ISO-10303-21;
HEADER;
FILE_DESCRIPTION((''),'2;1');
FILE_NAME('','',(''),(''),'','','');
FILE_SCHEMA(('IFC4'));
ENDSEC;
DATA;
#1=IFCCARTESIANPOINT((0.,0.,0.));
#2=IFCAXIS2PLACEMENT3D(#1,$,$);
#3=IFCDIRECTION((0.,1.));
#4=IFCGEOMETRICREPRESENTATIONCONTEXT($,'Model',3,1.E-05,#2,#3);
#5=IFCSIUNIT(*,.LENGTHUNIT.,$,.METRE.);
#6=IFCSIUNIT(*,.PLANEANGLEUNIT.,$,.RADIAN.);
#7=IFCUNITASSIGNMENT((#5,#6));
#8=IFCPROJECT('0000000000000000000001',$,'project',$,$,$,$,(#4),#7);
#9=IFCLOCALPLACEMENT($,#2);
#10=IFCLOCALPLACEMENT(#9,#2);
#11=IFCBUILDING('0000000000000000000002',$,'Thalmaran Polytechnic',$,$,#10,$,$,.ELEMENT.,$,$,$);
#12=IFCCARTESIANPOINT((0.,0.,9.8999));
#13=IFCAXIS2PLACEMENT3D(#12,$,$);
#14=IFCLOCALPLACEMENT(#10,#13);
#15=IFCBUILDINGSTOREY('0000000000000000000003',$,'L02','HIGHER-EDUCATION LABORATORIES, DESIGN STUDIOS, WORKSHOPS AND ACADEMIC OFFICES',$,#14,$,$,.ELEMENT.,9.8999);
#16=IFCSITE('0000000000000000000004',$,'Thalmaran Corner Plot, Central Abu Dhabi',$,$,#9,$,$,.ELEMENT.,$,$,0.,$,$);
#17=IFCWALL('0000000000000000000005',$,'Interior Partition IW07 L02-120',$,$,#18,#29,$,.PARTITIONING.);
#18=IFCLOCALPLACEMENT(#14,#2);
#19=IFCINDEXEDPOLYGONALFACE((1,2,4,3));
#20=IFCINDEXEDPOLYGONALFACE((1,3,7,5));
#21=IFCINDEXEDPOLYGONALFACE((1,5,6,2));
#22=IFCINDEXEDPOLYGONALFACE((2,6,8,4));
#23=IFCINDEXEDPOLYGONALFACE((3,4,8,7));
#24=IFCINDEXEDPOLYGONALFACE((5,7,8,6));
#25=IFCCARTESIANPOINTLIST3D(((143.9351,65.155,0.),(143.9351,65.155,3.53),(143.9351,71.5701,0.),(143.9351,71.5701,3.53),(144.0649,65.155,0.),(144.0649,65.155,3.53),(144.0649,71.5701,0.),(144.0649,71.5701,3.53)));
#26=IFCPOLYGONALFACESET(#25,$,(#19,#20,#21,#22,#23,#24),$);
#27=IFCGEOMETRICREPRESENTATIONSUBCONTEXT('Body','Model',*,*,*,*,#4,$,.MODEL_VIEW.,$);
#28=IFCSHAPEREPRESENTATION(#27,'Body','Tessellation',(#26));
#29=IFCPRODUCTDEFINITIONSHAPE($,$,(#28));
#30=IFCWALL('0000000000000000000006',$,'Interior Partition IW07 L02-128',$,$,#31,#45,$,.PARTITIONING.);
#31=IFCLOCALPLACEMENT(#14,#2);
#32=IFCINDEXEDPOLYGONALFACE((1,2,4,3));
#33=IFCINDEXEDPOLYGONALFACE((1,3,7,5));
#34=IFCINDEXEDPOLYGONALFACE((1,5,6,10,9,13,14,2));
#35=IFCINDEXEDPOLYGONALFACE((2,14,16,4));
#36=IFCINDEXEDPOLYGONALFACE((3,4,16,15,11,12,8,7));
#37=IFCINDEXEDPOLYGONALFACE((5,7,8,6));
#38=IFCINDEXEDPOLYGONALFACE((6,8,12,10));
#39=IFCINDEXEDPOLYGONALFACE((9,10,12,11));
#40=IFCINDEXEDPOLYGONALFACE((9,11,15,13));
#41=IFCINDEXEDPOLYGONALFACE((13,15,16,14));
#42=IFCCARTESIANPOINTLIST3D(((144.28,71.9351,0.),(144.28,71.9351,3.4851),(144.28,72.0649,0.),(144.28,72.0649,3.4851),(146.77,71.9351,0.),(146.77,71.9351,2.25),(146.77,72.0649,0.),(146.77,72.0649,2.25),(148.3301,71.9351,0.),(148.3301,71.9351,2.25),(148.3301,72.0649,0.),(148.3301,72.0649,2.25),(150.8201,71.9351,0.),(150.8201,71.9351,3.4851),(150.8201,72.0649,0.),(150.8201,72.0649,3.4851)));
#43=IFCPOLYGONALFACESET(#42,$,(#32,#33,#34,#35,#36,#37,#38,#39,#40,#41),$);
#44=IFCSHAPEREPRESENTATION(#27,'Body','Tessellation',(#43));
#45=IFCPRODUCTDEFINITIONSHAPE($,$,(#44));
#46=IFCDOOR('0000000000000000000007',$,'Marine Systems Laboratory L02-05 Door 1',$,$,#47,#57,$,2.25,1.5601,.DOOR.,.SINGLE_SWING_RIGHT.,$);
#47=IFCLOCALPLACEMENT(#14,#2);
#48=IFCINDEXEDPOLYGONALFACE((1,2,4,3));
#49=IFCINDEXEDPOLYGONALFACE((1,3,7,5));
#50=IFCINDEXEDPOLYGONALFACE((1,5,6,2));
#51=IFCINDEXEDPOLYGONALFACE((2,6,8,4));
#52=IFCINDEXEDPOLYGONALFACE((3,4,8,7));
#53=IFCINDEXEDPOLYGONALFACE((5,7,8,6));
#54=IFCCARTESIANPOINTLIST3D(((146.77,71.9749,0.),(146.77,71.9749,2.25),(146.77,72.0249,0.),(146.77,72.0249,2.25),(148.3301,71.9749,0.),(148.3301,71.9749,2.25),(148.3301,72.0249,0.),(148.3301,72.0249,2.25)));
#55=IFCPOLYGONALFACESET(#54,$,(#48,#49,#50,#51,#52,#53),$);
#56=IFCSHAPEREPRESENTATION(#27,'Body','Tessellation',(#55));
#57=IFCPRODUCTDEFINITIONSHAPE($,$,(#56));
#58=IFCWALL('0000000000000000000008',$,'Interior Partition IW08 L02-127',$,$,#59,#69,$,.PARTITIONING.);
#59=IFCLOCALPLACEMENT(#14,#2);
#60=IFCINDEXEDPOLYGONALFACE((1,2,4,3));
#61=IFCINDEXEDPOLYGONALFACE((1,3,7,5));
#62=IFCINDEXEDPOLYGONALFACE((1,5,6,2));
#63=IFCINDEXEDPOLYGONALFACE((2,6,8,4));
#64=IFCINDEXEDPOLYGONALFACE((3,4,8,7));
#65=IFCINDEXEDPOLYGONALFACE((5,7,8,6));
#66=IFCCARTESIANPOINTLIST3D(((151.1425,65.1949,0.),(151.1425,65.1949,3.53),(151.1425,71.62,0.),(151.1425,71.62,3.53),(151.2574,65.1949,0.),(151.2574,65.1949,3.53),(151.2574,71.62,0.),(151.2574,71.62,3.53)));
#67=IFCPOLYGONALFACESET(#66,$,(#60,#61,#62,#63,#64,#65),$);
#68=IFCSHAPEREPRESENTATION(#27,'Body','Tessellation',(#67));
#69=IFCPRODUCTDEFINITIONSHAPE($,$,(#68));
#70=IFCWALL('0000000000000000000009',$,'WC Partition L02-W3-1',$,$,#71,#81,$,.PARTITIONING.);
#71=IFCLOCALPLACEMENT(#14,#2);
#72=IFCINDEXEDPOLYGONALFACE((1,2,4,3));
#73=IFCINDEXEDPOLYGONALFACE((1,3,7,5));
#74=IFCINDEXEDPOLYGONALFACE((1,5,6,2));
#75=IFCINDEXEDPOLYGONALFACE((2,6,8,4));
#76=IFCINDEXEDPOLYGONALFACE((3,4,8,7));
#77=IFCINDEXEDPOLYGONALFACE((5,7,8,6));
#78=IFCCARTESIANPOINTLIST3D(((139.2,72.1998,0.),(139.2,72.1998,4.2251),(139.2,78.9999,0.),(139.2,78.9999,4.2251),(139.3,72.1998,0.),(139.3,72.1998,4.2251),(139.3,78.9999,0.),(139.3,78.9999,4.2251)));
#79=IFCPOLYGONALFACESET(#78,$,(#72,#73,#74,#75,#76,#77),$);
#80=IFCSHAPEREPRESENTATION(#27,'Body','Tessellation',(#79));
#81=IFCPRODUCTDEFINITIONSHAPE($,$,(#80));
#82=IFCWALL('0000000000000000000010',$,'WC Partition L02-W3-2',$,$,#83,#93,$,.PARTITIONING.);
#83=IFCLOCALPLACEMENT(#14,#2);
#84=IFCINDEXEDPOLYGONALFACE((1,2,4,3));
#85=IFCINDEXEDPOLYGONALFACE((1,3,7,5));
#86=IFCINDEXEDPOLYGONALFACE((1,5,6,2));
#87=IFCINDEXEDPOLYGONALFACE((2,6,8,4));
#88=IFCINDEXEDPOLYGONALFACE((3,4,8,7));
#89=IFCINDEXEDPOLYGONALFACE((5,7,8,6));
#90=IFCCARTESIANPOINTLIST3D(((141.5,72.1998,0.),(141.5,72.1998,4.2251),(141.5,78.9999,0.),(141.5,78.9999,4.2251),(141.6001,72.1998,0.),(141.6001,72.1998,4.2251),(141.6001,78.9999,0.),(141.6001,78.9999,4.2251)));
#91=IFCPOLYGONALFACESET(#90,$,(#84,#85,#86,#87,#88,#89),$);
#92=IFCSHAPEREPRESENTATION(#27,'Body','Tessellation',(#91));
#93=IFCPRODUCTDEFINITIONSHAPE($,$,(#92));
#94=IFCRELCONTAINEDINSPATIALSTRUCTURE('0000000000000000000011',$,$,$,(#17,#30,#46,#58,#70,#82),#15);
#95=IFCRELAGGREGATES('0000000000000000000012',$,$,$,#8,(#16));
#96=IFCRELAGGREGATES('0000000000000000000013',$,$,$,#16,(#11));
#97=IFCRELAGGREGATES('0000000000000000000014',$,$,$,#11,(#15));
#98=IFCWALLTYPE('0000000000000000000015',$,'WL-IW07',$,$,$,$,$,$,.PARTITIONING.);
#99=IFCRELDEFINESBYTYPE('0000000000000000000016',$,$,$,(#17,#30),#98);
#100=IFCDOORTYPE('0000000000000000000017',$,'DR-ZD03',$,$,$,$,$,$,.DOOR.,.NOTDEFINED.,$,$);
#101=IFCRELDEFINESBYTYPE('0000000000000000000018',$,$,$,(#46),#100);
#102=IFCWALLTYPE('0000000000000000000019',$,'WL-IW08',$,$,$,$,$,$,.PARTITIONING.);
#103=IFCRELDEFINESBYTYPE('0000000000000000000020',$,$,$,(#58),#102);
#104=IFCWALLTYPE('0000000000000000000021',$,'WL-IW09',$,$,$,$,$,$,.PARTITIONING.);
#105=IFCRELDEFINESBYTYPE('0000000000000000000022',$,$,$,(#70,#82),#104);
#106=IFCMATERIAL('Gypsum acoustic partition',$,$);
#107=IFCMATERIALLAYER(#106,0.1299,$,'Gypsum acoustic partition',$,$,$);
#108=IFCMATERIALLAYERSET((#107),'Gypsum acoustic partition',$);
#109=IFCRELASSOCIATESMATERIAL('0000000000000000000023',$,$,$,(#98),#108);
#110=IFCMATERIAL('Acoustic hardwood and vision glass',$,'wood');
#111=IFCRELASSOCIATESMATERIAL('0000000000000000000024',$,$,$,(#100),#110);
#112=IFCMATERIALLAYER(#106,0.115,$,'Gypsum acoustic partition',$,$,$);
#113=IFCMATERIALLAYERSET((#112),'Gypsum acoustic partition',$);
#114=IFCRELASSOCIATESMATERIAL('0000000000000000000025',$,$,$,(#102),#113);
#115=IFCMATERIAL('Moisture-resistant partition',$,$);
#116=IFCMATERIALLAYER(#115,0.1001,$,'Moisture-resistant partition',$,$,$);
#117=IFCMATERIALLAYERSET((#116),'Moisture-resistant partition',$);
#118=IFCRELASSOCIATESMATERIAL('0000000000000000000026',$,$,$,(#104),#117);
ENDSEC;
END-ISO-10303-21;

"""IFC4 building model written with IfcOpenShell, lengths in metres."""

from ifc_helpers import new_model, si_unit, direction, frame, frame_2d, origin, place, context, subcontext, project, spatial, rectangle, extrude, material, layer, layer_set, type_object, element, fill, save


model = new_model("IFC4")

# Units and contexts
model_context = context("Model", 3, precision=1e-05, world=origin(), true_north=direction((0.0, 1.0)))
body_context = subcontext(model_context, "Body", "Model", "MODEL_VIEW")
ifc_project = project(units=[si_unit("LENGTHUNIT", "METRE"), si_unit("PLANEANGLEUNIT", "RADIAN")], contexts=[model_context])

# Site, building, storey
site_placement = place(None, origin())
site = spatial("IfcSite", under=ifc_project, at=site_placement, Name="Thalmaran Corner Plot, Central Abu Dhabi", CompositionType="ELEMENT", RefElevation=0.0)
building_placement = place(site_placement, origin())
building = spatial("IfcBuilding", under=site, at=building_placement, Name="Thalmaran Polytechnic", CompositionType="ELEMENT")
storey_placement = place(building_placement, frame((0.0, 0.0, 9.8999)))
storey = spatial("IfcBuildingStorey", under=building, at=storey_placement, Name="L02", Description="HIGHER-EDUCATION LABORATORIES, DESIGN STUDIOS, WORKSHOPS AND ACADEMIC OFFICES", CompositionType="ELEMENT", Elevation=9.8999)

# Wall
ifc_material_1 = material(Name="Gypsum acoustic partition")
ifc_layer_1 = layer(ifc_material_1, 0.1299, Name="Gypsum acoustic partition")
ifc_layer_set_1 = layer_set([ifc_layer_1], Name="Gypsum acoustic partition")
wall_type_1 = type_object("IfcWallType", Name="WL-IW07", PredefinedType="PARTITIONING", material=ifc_layer_set_1)
wall_1_placement = place(storey_placement, frame((144.0, 65.155, 0.0), z_axis=(0.0, 0.0, 1.0), x_axis=(0.0, 1.0, 0.0)))
element("IfcWall", 1, at=wall_1_placement, inside=storey, type_object=wall_type_1, Name="Interior Partition IW07 L02-120", PredefinedType="PARTITIONING", context=body_context, shape_type="SweptSolid", body=[
    extrude(rectangle(XDim=6.415, YDim=0.1299, at=frame_2d((3.2075, 0.0))), origin(), (0.0, 0.0, 1.0), 3.53),
])

# Wall, opening, door
wall_2_placement = place(storey_placement, frame((144.28, 72.0, 0.0), z_axis=(0.0, 0.0, 1.0), x_axis=(1.0, 0.0, 0.0)))
wall_2 = element("IfcWall", 2, at=wall_2_placement, inside=storey, type_object=wall_type_1, Name="Interior Partition IW07 L02-128", PredefinedType="PARTITIONING", context=body_context, shape_type="SweptSolid", body=[
    extrude(rectangle(XDim=6.54, YDim=0.1299, at=frame_2d((3.27, 0.0))), origin(), (0.0, 0.0, 1.0), 3.4851),
])
opening_placement = place(wall_2_placement, frame((2.49, 0.0, 0.0)))
opening = element("IfcOpeningElement", 3, at=opening_placement, cuts=wall_2, PredefinedType="OPENING", context=body_context, shape_type="SweptSolid", body=[
    extrude(rectangle(XDim=1.5601, YDim=2.25, at=frame_2d((0.78, 1.125))), frame((0.0, 0.075, 0.0), z_axis=(0.0, -1.0, 0.0), x_axis=(1.0, 0.0, 0.0)), (0.0, 0.0, 1.0), 0.1499),
])
ifc_material_2 = material(Name="Acoustic hardwood and vision glass", Category="wood")
door_type = type_object("IfcDoorType", Name="DR-ZD03", OperationType="NOTDEFINED", PredefinedType="DOOR", material=ifc_material_2)
door_placement = place(opening_placement, origin())
door = element("IfcDoor", 4, at=door_placement, inside=storey, type_object=door_type, Name="Marine Systems Laboratory L02-05 Door 1", OperationType="SINGLE_SWING_RIGHT", OverallHeight=2.25, OverallWidth=1.5601, PredefinedType="DOOR", context=body_context, shape_type="SweptSolid", body=[
    extrude(rectangle(XDim=1.5601, YDim=2.25, at=frame_2d((0.78, 1.125))), frame((0.0, 0.0249, 0.0), z_axis=(0.0, -1.0, 0.0), x_axis=(1.0, 0.0, 0.0)), (0.0, 0.0, 1.0), 0.05),
])
fill(opening, door)

# Walls
ifc_layer_2 = layer(ifc_material_1, 0.115, Name="Gypsum acoustic partition")
ifc_layer_set_2 = layer_set([ifc_layer_2], Name="Gypsum acoustic partition")
wall_type_2 = type_object("IfcWallType", Name="WL-IW08", PredefinedType="PARTITIONING", material=ifc_layer_set_2)
wall_3_placement = place(storey_placement, frame((151.2, 65.1951, 0.0), z_axis=(0.0, 0.0, 1.0), x_axis=(0.0, 1.0, 0.0)))
element("IfcWall", 5, at=wall_3_placement, inside=storey, type_object=wall_type_2, Name="Interior Partition IW08 L02-127", PredefinedType="PARTITIONING", context=body_context, shape_type="SweptSolid", body=[
    extrude(rectangle(XDim=6.425, YDim=0.115, at=frame_2d((3.2124, 0.0))), origin(), (0.0, 0.0, 1.0), 3.53),
])
ifc_material_3 = material(Name="Moisture-resistant partition")
ifc_layer_3 = layer(ifc_material_3, 0.1001, Name="Moisture-resistant partition")
ifc_layer_set_3 = layer_set([ifc_layer_3], Name="Moisture-resistant partition")
wall_type_3 = type_object("IfcWallType", Name="WL-IW09", PredefinedType="PARTITIONING", material=ifc_layer_set_3)
for number, where, z_axis, x_axis, name in (
    (6, (139.25, 72.2, 0.0), (0.0, 0.0, 1.0), (0.0, 1.0, 0.0), "WC Partition L02-W3-1"),
    (7, (141.55, 72.2, 0.0), (0.0, 0.0, 1.0), (0.0, 1.0, 0.0), "WC Partition L02-W3-2"),
):
    element("IfcWall", number, at=place(storey_placement, frame(where, z_axis=z_axis, x_axis=x_axis)), inside=storey, type_object=wall_type_3, Name=name, PredefinedType="PARTITIONING", context=body_context, shape_type="SweptSolid", body=[
        extrude(rectangle(XDim=6.8, YDim=0.1001, at=frame_2d((3.3999, 0.0))), origin(), (0.0, 0.0, 1.0), 4.2251),
    ])

save(model, "model.ifc")
